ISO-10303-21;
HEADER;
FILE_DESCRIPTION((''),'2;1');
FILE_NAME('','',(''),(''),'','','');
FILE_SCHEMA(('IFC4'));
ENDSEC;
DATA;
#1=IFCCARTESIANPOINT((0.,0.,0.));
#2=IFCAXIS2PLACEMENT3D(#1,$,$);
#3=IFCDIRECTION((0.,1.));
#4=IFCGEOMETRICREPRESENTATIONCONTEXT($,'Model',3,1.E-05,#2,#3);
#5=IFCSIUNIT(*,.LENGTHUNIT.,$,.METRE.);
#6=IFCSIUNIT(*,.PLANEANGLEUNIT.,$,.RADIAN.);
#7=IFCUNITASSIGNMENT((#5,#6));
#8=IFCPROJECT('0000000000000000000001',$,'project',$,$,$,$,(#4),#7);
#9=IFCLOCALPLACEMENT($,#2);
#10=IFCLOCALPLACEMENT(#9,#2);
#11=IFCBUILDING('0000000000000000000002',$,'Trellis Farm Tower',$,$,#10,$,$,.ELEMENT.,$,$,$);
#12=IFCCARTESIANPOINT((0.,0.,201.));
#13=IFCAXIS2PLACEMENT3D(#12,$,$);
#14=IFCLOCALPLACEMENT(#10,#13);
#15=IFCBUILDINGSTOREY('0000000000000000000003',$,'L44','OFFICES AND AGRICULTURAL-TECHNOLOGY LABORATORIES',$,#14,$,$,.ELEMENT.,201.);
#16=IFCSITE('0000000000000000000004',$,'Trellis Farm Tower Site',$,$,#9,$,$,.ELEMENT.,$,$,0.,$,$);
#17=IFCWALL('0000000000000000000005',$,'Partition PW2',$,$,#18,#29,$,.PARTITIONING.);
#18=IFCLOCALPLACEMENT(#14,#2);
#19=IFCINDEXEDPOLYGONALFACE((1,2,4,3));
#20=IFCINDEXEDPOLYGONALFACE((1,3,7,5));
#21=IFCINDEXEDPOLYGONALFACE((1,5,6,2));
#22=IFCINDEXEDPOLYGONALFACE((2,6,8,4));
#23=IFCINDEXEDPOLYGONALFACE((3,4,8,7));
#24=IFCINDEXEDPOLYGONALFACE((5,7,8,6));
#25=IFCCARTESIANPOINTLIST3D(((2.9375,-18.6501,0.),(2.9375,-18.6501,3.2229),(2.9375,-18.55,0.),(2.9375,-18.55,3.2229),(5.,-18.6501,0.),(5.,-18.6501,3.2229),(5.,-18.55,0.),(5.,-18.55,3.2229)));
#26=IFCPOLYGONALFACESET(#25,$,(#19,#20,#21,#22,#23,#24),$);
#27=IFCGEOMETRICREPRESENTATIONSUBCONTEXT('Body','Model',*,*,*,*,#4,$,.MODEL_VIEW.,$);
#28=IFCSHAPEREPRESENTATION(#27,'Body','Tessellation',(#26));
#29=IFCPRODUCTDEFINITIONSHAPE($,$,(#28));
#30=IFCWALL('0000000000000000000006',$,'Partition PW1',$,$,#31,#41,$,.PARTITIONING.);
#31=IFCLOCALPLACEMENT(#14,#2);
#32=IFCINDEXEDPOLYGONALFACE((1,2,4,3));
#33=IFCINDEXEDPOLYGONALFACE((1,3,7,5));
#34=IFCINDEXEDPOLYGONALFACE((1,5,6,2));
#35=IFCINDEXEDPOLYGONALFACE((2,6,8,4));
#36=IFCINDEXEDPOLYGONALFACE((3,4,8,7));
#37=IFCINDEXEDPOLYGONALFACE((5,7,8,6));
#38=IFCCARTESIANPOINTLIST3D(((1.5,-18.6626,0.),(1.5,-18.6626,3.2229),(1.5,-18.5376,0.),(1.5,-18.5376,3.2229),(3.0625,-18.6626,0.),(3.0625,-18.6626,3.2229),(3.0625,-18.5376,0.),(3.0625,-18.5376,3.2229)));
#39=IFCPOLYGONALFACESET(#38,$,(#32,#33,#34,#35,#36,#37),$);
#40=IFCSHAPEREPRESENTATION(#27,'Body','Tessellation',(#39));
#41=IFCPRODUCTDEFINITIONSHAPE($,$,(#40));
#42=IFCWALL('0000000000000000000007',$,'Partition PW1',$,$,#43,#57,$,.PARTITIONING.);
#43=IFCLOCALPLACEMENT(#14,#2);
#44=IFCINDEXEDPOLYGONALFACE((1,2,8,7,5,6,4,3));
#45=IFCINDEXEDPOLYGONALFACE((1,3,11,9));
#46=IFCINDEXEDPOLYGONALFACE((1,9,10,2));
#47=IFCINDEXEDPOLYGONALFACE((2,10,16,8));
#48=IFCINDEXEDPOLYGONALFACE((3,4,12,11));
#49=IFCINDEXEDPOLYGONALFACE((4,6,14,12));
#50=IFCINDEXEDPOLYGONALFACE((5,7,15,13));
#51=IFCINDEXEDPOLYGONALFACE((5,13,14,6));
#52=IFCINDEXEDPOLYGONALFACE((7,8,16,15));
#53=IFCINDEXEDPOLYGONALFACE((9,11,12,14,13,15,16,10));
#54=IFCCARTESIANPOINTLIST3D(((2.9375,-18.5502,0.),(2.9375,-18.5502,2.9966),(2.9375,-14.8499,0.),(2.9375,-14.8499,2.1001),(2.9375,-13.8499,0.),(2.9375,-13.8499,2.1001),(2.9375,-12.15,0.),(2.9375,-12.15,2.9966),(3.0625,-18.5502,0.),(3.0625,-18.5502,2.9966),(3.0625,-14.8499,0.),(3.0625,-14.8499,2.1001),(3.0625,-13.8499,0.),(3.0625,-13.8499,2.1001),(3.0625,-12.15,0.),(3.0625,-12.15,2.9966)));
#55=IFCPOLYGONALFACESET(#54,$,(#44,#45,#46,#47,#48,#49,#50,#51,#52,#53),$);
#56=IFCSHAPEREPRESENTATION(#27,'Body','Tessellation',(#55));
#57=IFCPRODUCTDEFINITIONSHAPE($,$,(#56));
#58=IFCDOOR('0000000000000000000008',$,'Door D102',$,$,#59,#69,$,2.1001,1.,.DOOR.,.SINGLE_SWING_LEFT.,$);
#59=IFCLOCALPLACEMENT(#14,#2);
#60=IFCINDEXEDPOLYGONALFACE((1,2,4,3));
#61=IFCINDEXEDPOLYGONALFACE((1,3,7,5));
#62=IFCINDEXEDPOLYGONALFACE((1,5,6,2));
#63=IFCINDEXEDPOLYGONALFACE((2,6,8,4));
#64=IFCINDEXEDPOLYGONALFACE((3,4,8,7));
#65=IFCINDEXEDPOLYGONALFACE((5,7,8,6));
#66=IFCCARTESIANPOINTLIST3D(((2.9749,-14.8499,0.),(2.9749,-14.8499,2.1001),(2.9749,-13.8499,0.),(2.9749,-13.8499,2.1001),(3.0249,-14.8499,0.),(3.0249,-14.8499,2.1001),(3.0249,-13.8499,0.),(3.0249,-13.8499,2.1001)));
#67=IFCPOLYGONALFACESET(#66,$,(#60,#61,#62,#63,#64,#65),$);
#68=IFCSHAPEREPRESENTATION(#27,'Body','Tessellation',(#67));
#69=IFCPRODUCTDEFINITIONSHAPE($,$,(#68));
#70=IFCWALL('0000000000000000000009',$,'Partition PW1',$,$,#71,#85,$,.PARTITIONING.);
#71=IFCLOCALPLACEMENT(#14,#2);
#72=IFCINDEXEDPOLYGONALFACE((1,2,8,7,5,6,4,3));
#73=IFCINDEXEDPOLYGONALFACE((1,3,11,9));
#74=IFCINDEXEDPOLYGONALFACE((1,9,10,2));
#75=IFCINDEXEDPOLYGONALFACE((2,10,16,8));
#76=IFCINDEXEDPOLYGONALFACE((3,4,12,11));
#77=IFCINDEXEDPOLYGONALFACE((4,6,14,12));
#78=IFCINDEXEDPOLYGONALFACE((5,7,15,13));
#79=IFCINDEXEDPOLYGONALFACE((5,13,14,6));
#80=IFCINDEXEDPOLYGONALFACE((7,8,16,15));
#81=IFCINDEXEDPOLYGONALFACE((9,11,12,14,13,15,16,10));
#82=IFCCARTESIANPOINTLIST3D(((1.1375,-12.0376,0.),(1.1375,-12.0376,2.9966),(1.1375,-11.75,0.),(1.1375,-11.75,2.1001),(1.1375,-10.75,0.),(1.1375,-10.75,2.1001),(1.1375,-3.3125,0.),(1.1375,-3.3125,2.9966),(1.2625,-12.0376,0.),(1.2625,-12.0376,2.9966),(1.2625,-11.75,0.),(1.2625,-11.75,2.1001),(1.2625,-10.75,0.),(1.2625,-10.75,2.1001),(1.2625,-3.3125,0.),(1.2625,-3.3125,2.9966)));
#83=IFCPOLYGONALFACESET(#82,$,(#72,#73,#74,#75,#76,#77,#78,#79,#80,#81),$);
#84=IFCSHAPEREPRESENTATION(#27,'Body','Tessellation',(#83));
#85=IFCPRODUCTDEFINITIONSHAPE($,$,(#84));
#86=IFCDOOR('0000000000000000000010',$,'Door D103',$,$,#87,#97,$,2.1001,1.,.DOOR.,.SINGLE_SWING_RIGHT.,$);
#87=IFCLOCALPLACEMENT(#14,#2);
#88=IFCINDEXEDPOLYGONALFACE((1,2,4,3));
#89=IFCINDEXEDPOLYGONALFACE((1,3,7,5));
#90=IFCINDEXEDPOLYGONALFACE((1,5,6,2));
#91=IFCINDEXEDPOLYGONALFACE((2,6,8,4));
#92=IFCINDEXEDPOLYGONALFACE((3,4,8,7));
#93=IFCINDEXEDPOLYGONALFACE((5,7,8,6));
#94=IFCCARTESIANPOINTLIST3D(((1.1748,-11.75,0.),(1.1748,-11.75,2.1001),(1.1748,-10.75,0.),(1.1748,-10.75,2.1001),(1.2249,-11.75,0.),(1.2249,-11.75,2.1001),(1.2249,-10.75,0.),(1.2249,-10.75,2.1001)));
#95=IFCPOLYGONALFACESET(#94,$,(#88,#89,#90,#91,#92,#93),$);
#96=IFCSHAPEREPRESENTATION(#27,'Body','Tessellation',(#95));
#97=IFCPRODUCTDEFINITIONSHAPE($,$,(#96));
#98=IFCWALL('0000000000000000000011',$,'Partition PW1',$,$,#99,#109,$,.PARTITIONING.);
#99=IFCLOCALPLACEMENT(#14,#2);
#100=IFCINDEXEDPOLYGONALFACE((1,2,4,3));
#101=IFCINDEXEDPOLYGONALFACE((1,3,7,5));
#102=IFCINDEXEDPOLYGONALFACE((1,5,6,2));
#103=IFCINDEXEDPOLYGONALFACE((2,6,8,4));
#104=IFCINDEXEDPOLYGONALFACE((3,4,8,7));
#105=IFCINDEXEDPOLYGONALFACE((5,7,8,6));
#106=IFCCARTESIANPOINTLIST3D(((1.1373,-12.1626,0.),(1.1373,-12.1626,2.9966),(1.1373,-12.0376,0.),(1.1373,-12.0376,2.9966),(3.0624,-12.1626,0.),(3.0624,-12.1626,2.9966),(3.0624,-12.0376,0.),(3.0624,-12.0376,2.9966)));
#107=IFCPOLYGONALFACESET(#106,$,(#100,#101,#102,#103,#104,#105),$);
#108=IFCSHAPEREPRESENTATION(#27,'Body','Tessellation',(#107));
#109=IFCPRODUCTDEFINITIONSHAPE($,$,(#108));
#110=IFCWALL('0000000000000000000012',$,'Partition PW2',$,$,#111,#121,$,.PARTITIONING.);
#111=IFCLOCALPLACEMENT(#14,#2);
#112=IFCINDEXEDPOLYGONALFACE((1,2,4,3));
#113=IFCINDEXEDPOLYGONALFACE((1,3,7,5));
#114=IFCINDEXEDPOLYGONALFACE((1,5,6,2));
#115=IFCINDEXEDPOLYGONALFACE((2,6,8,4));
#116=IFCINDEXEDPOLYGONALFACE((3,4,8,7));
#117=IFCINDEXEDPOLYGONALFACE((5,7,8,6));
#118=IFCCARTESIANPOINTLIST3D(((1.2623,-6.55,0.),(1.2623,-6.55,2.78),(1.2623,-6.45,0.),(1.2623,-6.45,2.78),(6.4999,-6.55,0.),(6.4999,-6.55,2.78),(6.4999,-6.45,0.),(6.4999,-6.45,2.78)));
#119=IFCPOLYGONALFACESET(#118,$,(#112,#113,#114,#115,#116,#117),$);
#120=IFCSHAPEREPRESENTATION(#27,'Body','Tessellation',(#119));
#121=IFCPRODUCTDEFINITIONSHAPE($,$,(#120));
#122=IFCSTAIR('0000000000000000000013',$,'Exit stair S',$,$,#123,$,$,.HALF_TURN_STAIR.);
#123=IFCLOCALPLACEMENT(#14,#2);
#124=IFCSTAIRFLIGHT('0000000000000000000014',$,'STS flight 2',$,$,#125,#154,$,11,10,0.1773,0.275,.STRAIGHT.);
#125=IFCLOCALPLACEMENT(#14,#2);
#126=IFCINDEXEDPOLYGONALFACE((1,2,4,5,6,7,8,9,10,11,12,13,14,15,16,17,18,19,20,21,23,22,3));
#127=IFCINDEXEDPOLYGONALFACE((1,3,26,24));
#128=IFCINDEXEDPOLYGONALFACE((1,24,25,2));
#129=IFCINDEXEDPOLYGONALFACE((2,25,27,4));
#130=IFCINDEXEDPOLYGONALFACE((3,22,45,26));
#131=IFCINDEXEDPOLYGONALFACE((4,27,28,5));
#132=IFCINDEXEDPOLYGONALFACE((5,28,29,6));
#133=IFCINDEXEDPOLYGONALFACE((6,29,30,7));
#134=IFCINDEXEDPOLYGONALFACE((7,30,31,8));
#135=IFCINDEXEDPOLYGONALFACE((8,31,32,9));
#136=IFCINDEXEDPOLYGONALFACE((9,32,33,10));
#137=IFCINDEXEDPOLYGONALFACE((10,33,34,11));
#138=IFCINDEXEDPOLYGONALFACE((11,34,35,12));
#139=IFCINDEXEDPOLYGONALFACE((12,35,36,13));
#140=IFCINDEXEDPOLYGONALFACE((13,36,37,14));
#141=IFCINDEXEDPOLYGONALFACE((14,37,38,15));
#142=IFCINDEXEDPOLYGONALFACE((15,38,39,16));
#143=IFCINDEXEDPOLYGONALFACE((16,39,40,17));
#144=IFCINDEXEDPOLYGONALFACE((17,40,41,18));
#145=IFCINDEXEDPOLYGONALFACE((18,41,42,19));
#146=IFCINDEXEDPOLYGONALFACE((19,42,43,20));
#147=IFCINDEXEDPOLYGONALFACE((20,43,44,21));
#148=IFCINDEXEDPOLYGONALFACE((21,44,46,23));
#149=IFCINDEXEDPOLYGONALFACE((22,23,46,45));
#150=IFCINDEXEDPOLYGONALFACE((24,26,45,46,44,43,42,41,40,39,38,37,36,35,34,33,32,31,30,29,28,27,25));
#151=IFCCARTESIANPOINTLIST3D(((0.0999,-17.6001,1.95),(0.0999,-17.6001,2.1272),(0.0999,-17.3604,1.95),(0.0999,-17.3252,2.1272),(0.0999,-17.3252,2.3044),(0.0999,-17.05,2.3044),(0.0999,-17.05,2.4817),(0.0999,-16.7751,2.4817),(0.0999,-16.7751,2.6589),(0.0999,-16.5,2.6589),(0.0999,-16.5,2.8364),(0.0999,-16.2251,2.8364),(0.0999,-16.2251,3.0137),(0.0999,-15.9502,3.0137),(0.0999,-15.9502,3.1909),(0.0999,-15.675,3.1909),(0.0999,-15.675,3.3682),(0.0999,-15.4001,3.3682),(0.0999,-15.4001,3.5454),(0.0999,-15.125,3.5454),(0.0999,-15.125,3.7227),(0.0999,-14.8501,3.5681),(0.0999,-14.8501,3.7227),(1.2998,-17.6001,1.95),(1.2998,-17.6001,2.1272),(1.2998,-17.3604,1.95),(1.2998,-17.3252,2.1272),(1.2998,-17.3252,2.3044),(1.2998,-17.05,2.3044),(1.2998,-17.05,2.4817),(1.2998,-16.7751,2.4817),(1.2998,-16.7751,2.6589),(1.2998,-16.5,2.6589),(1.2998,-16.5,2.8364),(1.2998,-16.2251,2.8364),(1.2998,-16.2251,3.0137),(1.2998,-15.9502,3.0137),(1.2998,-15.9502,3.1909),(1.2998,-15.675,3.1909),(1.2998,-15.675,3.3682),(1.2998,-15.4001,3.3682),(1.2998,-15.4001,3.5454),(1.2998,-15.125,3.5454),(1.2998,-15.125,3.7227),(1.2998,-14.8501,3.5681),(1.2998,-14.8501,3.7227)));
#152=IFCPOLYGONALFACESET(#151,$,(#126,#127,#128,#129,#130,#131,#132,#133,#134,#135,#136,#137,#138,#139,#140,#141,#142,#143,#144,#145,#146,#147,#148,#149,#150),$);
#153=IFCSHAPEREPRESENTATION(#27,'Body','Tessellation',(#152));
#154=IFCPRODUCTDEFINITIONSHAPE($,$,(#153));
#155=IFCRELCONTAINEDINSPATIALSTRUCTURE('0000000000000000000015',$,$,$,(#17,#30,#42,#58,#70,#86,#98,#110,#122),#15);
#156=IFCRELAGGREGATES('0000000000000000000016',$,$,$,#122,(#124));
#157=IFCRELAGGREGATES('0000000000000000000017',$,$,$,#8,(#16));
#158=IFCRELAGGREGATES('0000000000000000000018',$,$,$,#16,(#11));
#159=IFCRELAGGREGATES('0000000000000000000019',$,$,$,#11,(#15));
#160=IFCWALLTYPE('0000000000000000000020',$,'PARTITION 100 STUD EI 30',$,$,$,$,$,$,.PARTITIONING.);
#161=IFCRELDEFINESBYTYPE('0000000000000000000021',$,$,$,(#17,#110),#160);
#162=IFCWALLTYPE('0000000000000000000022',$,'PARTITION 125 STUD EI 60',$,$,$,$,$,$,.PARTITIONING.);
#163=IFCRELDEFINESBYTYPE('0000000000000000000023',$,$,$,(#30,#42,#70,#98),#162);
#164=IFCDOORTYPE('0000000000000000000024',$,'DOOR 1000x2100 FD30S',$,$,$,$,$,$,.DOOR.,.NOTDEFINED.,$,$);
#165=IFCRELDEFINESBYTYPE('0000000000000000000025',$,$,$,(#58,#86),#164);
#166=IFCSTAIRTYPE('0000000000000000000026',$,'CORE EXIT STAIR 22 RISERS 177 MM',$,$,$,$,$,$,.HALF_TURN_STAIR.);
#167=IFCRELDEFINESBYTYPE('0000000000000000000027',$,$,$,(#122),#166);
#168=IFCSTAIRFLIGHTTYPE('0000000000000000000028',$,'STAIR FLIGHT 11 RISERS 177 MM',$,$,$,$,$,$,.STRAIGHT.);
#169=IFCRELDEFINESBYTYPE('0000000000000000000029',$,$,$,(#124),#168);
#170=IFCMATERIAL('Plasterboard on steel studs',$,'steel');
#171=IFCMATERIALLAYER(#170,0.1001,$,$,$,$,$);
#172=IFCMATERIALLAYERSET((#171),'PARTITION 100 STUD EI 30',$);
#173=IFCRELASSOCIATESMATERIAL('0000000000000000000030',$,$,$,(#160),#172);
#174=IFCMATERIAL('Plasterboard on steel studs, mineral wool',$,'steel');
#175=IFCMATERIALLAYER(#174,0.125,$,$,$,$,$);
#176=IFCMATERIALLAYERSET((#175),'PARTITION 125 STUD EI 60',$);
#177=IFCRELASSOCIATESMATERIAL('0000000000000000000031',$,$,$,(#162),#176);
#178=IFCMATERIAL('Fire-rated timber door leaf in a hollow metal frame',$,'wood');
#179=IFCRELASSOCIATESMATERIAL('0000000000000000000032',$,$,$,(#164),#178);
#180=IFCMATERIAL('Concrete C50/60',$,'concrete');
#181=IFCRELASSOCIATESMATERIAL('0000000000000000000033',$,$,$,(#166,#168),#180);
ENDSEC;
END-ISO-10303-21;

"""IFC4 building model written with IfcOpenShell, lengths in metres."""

from ifc_helpers import new_model, si_unit, direction, frame, frame_2d, origin, place, context, subcontext, project, spatial, polyline, rectangle, outline, extrude, source, transform, mapped, material, layer, layer_set, type_object, element, fill, aggregate, save


model = new_model("IFC4")

# Units and contexts
model_context = context("Model", 3, precision=1e-05, world=origin(), true_north=direction((0.0, 1.0)))
body_context = subcontext(model_context, "Body", "Model", "MODEL_VIEW")
ifc_project = project(units=[si_unit("LENGTHUNIT", "METRE"), si_unit("PLANEANGLEUNIT", "RADIAN")], contexts=[model_context])

# Site, building, storey
site_placement = place(None, origin())
site = spatial("IfcSite", under=ifc_project, at=site_placement, Name="Trellis Farm Tower Site", CompositionType="ELEMENT", RefElevation=0.0)
building_placement = place(site_placement, origin())
building = spatial("IfcBuilding", under=site, at=building_placement, Name="Trellis Farm Tower", CompositionType="ELEMENT")
storey_placement = place(building_placement, frame((0.0, 0.0, 201.0)))
storey = spatial("IfcBuildingStorey", under=building, at=storey_placement, Name="L44", Description="OFFICES AND AGRICULTURAL-TECHNOLOGY LABORATORIES", CompositionType="ELEMENT", Elevation=201.0)

# Shared definitions
placement_1 = place(storey_placement, origin())

# Walls
ifc_material_1 = material(Name="Plasterboard on steel studs", Category="steel")
ifc_layer_1 = layer(ifc_material_1, 0.1001)
ifc_layer_set_1 = layer_set([ifc_layer_1], Name="PARTITION 100 STUD EI 30")
wall_type_1 = type_object("IfcWallType", Name="PARTITION 100 STUD EI 30", PredefinedType="PARTITIONING", material=ifc_layer_set_1)
shared_shape_1 = source(origin(), body_context, "Body", "SweptSolid", [
    extrude(rectangle(XDim=2.0625, YDim=0.1001, at=frame_2d((1.0312, 0.0))), origin(), (0.0, 0.0, 1.0), 3.2229),
])
wall_1_placement = place(storey_placement, frame((2.9375, -18.6001, 0.0), z_axis=(0.0, 0.0, 1.0), x_axis=(1.0, 0.0, 0.0)))
element("IfcWall", 1, at=wall_1_placement, inside=storey, type_object=wall_type_1, Name="Partition PW2", PredefinedType="PARTITIONING", context=body_context, shape_type="MappedRepresentation", body=[
    mapped(shared_shape_1, transform((0.0, 0.0, 0.0))),
])
ifc_material_2 = material(Name="Plasterboard on steel studs, mineral wool", Category="steel")
ifc_layer_2 = layer(ifc_material_2, 0.125)
ifc_layer_set_2 = layer_set([ifc_layer_2], Name="PARTITION 125 STUD EI 60")
wall_type_2 = type_object("IfcWallType", Name="PARTITION 125 STUD EI 60", PredefinedType="PARTITIONING", material=ifc_layer_set_2)
shared_shape_2 = source(origin(), body_context, "Body", "SweptSolid", [
    extrude(rectangle(XDim=1.5625, YDim=0.125, at=frame_2d((0.7812, 0.0))), origin(), (0.0, 0.0, 1.0), 3.2229),
])
wall_2_placement = place(storey_placement, frame((3.0625, -18.6001, 0.0), z_axis=(0.0, 0.0, 1.0), x_axis=(-1.0, 0.0, 0.0)))
element("IfcWall", 2, at=wall_2_placement, inside=storey, type_object=wall_type_2, Name="Partition PW1", PredefinedType="PARTITIONING", context=body_context, shape_type="MappedRepresentation", body=[
    mapped(shared_shape_2, transform((0.0, 0.0, 0.0))),
])

# Walls, openings, doors
shared_shape_3 = source(origin(), body_context, "Body", "SweptSolid", [
    extrude(rectangle(XDim=6.4001, YDim=0.125, at=frame_2d((3.2002, 0.0))), origin(), (0.0, 0.0, 1.0), 2.9966),
])
wall_3_placement = place(storey_placement, frame((3.0, -12.1499, 0.0), z_axis=(0.0, 0.0, 1.0), x_axis=(0.0, -1.0, 0.0)))
wall_3 = element("IfcWall", 3, at=wall_3_placement, inside=storey, type_object=wall_type_2, Name="Partition PW1", PredefinedType="PARTITIONING", context=body_context, shape_type="MappedRepresentation", body=[
    mapped(shared_shape_3, transform((0.0, 0.0, 0.0))),
])
shared_shape_4 = source(origin(), body_context, "Body", "SweptSolid", [
    extrude(rectangle(XDim=1.0, YDim=2.1001, at=frame_2d((0.5, 1.05))), frame((0.0, 0.0725, 0.0), z_axis=(0.0, -1.0, 0.0), x_axis=(1.0, 0.0, 0.0)), (0.0, 0.0, 1.0), 0.145),
])
opening_1_placement = place(wall_3_placement, frame((1.7, 0.0, 0.0)))
opening_1 = element("IfcOpeningElement", 4, at=opening_1_placement, cuts=wall_3, PredefinedType="OPENING", context=body_context, shape_type="MappedRepresentation", body=[
    mapped(shared_shape_4, transform((0.0, 0.0, 0.0))),
])
ifc_material_3 = material(Name="Fire-rated timber door leaf in a hollow metal frame", Category="wood")
door_type_1 = type_object("IfcDoorType", Name="DOOR 1000x2100 FD30S", OperationType="NOTDEFINED", PredefinedType="DOOR", material=ifc_material_3)
shared_shape_5 = source(origin(), body_context, "Body", "SweptSolid", [
    extrude(rectangle(XDim=1.0, YDim=2.1001, at=frame_2d((0.5, 1.05))), frame((0.0, 0.0249, 0.0), z_axis=(0.0, -1.0, 0.0), x_axis=(1.0, 0.0, 0.0)), (0.0, 0.0, 1.0), 0.05),
])
door_1_placement = place(opening_1_placement, origin())
door_1 = element("IfcDoor", 5, at=door_1_placement, inside=storey, type_object=door_type_1, Name="Door D102", OperationType="SINGLE_SWING_LEFT", OverallHeight=2.1001, OverallWidth=1.0, PredefinedType="DOOR", context=body_context, shape_type="MappedRepresentation", body=[
    mapped(shared_shape_5, transform((0.0, 0.0, 0.0))),
])
fill(opening_1, door_1)
shared_shape_6 = source(origin(), body_context, "Body", "SweptSolid", [
    extrude(rectangle(XDim=8.7251, YDim=0.125, at=frame_2d((4.3625, 0.0))), origin(), (0.0, 0.0, 1.0), 2.9966),
])
wall_4_placement = place(storey_placement, frame((1.2, -3.3125, 0.0), z_axis=(0.0, 0.0, 1.0), x_axis=(0.0, -1.0, 0.0)))
wall_4 = element("IfcWall", 6, at=wall_4_placement, inside=storey, type_object=wall_type_2, Name="Partition PW1", PredefinedType="PARTITIONING", context=body_context, shape_type="MappedRepresentation", body=[
    mapped(shared_shape_6, transform((0.0, 0.0, 0.0))),
])
opening_2_placement = place(wall_4_placement, frame((7.4375, 0.0, 0.0)))
opening_2 = element("IfcOpeningElement", 7, at=opening_2_placement, cuts=wall_4, PredefinedType="OPENING", context=body_context, shape_type="MappedRepresentation", body=[
    mapped(shared_shape_4, transform((0.0, 0.0, 0.0))),
])
door_2_placement = place(opening_2_placement, origin())
door_2 = element("IfcDoor", 8, at=door_2_placement, inside=storey, type_object=door_type_1, Name="Door D103", OperationType="SINGLE_SWING_RIGHT", OverallHeight=2.1001, OverallWidth=1.0, PredefinedType="DOOR", context=body_context, shape_type="MappedRepresentation", body=[
    mapped(shared_shape_5, transform((0.0, 0.0, 0.0))),
])
fill(opening_2, door_2)

# Walls
shared_shape_7 = source(origin(), body_context, "Body", "SweptSolid", [
    extrude(rectangle(XDim=1.925, YDim=0.125, at=frame_2d((0.9624, 0.0))), origin(), (0.0, 0.0, 1.0), 2.9966),
])
wall_5_placement = place(storey_placement, frame((1.1375, -12.1001, 0.0), z_axis=(0.0, 0.0, 1.0), x_axis=(1.0, 0.0, 0.0)))
element("IfcWall", 9, at=wall_5_placement, inside=storey, type_object=wall_type_2, Name="Partition PW1", PredefinedType="PARTITIONING", context=body_context, shape_type="MappedRepresentation", body=[
    mapped(shared_shape_7, transform((0.0, 0.0, 0.0))),
])
shared_shape_8 = source(origin(), body_context, "Body", "SweptSolid", [
    extrude(rectangle(XDim=5.2375, YDim=0.1001, at=frame_2d((2.6187, 0.0))), origin(), (0.0, 0.0, 1.0), 2.78),
])
wall_6_placement = place(storey_placement, frame((1.2625, -6.5, 0.0), z_axis=(0.0, 0.0, 1.0), x_axis=(1.0, 0.0, 0.0)))
element("IfcWall", 10, at=wall_6_placement, inside=storey, type_object=wall_type_1, Name="Partition PW2", PredefinedType="PARTITIONING", context=body_context, shape_type="MappedRepresentation", body=[
    mapped(shared_shape_8, transform((0.0, 0.0, 0.0))),
])

# Stair, stair flight
ifc_material_4 = material(Name="Concrete C50/60", Category="concrete")
stair_type = type_object("IfcStairType", Name="CORE EXIT STAIR 22 RISERS 177 MM", PredefinedType="HALF_TURN_STAIR", material=ifc_material_4)
stair = element("IfcStair", 11, at=placement_1, inside=storey, type_object=stair_type, Name="Exit stair S", PredefinedType="HALF_TURN_STAIR")
stair_flight_type = type_object("IfcStairFlightType", Name="STAIR FLIGHT 11 RISERS 177 MM", PredefinedType="STRAIGHT", material=ifc_material_4)
shared_shape_9 = source(origin(), body_context, "Body", "SweptSolid", [
    extrude(outline(polyline([(0.0, 0.0), (0.0, 0.1772), (0.2749, 0.1772), (0.2749, 0.3545), (0.55, 0.3545), (0.55, 0.5317), (0.825, 0.5317), (0.825, 0.709), (1.1001, 0.709), (1.1001, 0.8865), (1.375, 0.8865), (1.375, 1.0637), (1.6499, 1.0637), (1.6499, 1.241), (1.925, 1.241), (1.925, 1.4182), (2.2, 1.4182), (2.2, 1.5955), (2.4751, 1.5955), (2.4751, 1.7727), (2.75, 1.7727), (2.75, 1.95), (2.75, 1.6182), (0.2397, 0.0), (0.0, 0.0)])), frame((0.0, 0.6001, 0.0), z_axis=(0.0, -1.0, 0.0), x_axis=(1.0, 0.0, 0.0)), (0.0, 0.0, 1.0), 1.2),
])
stair_flight_placement = place(storey_placement, frame((0.7, -17.6001, 1.95), z_axis=(0.0, 0.0, 1.0), x_axis=(0.0, 1.0, 0.0)))
stair_flight = element("IfcStairFlight", 12, at=stair_flight_placement, type_object=stair_flight_type, Name="STS flight 2", NumberOfRisers=11, NumberOfTreads=10, PredefinedType="STRAIGHT", RiserHeight=0.1773, TreadLength=0.275, context=body_context, shape_type="MappedRepresentation", body=[
    mapped(shared_shape_9, transform((0.0, 0.0, 0.0))),
])
aggregate(stair, [stair_flight])

save(model, "model.ifc")
